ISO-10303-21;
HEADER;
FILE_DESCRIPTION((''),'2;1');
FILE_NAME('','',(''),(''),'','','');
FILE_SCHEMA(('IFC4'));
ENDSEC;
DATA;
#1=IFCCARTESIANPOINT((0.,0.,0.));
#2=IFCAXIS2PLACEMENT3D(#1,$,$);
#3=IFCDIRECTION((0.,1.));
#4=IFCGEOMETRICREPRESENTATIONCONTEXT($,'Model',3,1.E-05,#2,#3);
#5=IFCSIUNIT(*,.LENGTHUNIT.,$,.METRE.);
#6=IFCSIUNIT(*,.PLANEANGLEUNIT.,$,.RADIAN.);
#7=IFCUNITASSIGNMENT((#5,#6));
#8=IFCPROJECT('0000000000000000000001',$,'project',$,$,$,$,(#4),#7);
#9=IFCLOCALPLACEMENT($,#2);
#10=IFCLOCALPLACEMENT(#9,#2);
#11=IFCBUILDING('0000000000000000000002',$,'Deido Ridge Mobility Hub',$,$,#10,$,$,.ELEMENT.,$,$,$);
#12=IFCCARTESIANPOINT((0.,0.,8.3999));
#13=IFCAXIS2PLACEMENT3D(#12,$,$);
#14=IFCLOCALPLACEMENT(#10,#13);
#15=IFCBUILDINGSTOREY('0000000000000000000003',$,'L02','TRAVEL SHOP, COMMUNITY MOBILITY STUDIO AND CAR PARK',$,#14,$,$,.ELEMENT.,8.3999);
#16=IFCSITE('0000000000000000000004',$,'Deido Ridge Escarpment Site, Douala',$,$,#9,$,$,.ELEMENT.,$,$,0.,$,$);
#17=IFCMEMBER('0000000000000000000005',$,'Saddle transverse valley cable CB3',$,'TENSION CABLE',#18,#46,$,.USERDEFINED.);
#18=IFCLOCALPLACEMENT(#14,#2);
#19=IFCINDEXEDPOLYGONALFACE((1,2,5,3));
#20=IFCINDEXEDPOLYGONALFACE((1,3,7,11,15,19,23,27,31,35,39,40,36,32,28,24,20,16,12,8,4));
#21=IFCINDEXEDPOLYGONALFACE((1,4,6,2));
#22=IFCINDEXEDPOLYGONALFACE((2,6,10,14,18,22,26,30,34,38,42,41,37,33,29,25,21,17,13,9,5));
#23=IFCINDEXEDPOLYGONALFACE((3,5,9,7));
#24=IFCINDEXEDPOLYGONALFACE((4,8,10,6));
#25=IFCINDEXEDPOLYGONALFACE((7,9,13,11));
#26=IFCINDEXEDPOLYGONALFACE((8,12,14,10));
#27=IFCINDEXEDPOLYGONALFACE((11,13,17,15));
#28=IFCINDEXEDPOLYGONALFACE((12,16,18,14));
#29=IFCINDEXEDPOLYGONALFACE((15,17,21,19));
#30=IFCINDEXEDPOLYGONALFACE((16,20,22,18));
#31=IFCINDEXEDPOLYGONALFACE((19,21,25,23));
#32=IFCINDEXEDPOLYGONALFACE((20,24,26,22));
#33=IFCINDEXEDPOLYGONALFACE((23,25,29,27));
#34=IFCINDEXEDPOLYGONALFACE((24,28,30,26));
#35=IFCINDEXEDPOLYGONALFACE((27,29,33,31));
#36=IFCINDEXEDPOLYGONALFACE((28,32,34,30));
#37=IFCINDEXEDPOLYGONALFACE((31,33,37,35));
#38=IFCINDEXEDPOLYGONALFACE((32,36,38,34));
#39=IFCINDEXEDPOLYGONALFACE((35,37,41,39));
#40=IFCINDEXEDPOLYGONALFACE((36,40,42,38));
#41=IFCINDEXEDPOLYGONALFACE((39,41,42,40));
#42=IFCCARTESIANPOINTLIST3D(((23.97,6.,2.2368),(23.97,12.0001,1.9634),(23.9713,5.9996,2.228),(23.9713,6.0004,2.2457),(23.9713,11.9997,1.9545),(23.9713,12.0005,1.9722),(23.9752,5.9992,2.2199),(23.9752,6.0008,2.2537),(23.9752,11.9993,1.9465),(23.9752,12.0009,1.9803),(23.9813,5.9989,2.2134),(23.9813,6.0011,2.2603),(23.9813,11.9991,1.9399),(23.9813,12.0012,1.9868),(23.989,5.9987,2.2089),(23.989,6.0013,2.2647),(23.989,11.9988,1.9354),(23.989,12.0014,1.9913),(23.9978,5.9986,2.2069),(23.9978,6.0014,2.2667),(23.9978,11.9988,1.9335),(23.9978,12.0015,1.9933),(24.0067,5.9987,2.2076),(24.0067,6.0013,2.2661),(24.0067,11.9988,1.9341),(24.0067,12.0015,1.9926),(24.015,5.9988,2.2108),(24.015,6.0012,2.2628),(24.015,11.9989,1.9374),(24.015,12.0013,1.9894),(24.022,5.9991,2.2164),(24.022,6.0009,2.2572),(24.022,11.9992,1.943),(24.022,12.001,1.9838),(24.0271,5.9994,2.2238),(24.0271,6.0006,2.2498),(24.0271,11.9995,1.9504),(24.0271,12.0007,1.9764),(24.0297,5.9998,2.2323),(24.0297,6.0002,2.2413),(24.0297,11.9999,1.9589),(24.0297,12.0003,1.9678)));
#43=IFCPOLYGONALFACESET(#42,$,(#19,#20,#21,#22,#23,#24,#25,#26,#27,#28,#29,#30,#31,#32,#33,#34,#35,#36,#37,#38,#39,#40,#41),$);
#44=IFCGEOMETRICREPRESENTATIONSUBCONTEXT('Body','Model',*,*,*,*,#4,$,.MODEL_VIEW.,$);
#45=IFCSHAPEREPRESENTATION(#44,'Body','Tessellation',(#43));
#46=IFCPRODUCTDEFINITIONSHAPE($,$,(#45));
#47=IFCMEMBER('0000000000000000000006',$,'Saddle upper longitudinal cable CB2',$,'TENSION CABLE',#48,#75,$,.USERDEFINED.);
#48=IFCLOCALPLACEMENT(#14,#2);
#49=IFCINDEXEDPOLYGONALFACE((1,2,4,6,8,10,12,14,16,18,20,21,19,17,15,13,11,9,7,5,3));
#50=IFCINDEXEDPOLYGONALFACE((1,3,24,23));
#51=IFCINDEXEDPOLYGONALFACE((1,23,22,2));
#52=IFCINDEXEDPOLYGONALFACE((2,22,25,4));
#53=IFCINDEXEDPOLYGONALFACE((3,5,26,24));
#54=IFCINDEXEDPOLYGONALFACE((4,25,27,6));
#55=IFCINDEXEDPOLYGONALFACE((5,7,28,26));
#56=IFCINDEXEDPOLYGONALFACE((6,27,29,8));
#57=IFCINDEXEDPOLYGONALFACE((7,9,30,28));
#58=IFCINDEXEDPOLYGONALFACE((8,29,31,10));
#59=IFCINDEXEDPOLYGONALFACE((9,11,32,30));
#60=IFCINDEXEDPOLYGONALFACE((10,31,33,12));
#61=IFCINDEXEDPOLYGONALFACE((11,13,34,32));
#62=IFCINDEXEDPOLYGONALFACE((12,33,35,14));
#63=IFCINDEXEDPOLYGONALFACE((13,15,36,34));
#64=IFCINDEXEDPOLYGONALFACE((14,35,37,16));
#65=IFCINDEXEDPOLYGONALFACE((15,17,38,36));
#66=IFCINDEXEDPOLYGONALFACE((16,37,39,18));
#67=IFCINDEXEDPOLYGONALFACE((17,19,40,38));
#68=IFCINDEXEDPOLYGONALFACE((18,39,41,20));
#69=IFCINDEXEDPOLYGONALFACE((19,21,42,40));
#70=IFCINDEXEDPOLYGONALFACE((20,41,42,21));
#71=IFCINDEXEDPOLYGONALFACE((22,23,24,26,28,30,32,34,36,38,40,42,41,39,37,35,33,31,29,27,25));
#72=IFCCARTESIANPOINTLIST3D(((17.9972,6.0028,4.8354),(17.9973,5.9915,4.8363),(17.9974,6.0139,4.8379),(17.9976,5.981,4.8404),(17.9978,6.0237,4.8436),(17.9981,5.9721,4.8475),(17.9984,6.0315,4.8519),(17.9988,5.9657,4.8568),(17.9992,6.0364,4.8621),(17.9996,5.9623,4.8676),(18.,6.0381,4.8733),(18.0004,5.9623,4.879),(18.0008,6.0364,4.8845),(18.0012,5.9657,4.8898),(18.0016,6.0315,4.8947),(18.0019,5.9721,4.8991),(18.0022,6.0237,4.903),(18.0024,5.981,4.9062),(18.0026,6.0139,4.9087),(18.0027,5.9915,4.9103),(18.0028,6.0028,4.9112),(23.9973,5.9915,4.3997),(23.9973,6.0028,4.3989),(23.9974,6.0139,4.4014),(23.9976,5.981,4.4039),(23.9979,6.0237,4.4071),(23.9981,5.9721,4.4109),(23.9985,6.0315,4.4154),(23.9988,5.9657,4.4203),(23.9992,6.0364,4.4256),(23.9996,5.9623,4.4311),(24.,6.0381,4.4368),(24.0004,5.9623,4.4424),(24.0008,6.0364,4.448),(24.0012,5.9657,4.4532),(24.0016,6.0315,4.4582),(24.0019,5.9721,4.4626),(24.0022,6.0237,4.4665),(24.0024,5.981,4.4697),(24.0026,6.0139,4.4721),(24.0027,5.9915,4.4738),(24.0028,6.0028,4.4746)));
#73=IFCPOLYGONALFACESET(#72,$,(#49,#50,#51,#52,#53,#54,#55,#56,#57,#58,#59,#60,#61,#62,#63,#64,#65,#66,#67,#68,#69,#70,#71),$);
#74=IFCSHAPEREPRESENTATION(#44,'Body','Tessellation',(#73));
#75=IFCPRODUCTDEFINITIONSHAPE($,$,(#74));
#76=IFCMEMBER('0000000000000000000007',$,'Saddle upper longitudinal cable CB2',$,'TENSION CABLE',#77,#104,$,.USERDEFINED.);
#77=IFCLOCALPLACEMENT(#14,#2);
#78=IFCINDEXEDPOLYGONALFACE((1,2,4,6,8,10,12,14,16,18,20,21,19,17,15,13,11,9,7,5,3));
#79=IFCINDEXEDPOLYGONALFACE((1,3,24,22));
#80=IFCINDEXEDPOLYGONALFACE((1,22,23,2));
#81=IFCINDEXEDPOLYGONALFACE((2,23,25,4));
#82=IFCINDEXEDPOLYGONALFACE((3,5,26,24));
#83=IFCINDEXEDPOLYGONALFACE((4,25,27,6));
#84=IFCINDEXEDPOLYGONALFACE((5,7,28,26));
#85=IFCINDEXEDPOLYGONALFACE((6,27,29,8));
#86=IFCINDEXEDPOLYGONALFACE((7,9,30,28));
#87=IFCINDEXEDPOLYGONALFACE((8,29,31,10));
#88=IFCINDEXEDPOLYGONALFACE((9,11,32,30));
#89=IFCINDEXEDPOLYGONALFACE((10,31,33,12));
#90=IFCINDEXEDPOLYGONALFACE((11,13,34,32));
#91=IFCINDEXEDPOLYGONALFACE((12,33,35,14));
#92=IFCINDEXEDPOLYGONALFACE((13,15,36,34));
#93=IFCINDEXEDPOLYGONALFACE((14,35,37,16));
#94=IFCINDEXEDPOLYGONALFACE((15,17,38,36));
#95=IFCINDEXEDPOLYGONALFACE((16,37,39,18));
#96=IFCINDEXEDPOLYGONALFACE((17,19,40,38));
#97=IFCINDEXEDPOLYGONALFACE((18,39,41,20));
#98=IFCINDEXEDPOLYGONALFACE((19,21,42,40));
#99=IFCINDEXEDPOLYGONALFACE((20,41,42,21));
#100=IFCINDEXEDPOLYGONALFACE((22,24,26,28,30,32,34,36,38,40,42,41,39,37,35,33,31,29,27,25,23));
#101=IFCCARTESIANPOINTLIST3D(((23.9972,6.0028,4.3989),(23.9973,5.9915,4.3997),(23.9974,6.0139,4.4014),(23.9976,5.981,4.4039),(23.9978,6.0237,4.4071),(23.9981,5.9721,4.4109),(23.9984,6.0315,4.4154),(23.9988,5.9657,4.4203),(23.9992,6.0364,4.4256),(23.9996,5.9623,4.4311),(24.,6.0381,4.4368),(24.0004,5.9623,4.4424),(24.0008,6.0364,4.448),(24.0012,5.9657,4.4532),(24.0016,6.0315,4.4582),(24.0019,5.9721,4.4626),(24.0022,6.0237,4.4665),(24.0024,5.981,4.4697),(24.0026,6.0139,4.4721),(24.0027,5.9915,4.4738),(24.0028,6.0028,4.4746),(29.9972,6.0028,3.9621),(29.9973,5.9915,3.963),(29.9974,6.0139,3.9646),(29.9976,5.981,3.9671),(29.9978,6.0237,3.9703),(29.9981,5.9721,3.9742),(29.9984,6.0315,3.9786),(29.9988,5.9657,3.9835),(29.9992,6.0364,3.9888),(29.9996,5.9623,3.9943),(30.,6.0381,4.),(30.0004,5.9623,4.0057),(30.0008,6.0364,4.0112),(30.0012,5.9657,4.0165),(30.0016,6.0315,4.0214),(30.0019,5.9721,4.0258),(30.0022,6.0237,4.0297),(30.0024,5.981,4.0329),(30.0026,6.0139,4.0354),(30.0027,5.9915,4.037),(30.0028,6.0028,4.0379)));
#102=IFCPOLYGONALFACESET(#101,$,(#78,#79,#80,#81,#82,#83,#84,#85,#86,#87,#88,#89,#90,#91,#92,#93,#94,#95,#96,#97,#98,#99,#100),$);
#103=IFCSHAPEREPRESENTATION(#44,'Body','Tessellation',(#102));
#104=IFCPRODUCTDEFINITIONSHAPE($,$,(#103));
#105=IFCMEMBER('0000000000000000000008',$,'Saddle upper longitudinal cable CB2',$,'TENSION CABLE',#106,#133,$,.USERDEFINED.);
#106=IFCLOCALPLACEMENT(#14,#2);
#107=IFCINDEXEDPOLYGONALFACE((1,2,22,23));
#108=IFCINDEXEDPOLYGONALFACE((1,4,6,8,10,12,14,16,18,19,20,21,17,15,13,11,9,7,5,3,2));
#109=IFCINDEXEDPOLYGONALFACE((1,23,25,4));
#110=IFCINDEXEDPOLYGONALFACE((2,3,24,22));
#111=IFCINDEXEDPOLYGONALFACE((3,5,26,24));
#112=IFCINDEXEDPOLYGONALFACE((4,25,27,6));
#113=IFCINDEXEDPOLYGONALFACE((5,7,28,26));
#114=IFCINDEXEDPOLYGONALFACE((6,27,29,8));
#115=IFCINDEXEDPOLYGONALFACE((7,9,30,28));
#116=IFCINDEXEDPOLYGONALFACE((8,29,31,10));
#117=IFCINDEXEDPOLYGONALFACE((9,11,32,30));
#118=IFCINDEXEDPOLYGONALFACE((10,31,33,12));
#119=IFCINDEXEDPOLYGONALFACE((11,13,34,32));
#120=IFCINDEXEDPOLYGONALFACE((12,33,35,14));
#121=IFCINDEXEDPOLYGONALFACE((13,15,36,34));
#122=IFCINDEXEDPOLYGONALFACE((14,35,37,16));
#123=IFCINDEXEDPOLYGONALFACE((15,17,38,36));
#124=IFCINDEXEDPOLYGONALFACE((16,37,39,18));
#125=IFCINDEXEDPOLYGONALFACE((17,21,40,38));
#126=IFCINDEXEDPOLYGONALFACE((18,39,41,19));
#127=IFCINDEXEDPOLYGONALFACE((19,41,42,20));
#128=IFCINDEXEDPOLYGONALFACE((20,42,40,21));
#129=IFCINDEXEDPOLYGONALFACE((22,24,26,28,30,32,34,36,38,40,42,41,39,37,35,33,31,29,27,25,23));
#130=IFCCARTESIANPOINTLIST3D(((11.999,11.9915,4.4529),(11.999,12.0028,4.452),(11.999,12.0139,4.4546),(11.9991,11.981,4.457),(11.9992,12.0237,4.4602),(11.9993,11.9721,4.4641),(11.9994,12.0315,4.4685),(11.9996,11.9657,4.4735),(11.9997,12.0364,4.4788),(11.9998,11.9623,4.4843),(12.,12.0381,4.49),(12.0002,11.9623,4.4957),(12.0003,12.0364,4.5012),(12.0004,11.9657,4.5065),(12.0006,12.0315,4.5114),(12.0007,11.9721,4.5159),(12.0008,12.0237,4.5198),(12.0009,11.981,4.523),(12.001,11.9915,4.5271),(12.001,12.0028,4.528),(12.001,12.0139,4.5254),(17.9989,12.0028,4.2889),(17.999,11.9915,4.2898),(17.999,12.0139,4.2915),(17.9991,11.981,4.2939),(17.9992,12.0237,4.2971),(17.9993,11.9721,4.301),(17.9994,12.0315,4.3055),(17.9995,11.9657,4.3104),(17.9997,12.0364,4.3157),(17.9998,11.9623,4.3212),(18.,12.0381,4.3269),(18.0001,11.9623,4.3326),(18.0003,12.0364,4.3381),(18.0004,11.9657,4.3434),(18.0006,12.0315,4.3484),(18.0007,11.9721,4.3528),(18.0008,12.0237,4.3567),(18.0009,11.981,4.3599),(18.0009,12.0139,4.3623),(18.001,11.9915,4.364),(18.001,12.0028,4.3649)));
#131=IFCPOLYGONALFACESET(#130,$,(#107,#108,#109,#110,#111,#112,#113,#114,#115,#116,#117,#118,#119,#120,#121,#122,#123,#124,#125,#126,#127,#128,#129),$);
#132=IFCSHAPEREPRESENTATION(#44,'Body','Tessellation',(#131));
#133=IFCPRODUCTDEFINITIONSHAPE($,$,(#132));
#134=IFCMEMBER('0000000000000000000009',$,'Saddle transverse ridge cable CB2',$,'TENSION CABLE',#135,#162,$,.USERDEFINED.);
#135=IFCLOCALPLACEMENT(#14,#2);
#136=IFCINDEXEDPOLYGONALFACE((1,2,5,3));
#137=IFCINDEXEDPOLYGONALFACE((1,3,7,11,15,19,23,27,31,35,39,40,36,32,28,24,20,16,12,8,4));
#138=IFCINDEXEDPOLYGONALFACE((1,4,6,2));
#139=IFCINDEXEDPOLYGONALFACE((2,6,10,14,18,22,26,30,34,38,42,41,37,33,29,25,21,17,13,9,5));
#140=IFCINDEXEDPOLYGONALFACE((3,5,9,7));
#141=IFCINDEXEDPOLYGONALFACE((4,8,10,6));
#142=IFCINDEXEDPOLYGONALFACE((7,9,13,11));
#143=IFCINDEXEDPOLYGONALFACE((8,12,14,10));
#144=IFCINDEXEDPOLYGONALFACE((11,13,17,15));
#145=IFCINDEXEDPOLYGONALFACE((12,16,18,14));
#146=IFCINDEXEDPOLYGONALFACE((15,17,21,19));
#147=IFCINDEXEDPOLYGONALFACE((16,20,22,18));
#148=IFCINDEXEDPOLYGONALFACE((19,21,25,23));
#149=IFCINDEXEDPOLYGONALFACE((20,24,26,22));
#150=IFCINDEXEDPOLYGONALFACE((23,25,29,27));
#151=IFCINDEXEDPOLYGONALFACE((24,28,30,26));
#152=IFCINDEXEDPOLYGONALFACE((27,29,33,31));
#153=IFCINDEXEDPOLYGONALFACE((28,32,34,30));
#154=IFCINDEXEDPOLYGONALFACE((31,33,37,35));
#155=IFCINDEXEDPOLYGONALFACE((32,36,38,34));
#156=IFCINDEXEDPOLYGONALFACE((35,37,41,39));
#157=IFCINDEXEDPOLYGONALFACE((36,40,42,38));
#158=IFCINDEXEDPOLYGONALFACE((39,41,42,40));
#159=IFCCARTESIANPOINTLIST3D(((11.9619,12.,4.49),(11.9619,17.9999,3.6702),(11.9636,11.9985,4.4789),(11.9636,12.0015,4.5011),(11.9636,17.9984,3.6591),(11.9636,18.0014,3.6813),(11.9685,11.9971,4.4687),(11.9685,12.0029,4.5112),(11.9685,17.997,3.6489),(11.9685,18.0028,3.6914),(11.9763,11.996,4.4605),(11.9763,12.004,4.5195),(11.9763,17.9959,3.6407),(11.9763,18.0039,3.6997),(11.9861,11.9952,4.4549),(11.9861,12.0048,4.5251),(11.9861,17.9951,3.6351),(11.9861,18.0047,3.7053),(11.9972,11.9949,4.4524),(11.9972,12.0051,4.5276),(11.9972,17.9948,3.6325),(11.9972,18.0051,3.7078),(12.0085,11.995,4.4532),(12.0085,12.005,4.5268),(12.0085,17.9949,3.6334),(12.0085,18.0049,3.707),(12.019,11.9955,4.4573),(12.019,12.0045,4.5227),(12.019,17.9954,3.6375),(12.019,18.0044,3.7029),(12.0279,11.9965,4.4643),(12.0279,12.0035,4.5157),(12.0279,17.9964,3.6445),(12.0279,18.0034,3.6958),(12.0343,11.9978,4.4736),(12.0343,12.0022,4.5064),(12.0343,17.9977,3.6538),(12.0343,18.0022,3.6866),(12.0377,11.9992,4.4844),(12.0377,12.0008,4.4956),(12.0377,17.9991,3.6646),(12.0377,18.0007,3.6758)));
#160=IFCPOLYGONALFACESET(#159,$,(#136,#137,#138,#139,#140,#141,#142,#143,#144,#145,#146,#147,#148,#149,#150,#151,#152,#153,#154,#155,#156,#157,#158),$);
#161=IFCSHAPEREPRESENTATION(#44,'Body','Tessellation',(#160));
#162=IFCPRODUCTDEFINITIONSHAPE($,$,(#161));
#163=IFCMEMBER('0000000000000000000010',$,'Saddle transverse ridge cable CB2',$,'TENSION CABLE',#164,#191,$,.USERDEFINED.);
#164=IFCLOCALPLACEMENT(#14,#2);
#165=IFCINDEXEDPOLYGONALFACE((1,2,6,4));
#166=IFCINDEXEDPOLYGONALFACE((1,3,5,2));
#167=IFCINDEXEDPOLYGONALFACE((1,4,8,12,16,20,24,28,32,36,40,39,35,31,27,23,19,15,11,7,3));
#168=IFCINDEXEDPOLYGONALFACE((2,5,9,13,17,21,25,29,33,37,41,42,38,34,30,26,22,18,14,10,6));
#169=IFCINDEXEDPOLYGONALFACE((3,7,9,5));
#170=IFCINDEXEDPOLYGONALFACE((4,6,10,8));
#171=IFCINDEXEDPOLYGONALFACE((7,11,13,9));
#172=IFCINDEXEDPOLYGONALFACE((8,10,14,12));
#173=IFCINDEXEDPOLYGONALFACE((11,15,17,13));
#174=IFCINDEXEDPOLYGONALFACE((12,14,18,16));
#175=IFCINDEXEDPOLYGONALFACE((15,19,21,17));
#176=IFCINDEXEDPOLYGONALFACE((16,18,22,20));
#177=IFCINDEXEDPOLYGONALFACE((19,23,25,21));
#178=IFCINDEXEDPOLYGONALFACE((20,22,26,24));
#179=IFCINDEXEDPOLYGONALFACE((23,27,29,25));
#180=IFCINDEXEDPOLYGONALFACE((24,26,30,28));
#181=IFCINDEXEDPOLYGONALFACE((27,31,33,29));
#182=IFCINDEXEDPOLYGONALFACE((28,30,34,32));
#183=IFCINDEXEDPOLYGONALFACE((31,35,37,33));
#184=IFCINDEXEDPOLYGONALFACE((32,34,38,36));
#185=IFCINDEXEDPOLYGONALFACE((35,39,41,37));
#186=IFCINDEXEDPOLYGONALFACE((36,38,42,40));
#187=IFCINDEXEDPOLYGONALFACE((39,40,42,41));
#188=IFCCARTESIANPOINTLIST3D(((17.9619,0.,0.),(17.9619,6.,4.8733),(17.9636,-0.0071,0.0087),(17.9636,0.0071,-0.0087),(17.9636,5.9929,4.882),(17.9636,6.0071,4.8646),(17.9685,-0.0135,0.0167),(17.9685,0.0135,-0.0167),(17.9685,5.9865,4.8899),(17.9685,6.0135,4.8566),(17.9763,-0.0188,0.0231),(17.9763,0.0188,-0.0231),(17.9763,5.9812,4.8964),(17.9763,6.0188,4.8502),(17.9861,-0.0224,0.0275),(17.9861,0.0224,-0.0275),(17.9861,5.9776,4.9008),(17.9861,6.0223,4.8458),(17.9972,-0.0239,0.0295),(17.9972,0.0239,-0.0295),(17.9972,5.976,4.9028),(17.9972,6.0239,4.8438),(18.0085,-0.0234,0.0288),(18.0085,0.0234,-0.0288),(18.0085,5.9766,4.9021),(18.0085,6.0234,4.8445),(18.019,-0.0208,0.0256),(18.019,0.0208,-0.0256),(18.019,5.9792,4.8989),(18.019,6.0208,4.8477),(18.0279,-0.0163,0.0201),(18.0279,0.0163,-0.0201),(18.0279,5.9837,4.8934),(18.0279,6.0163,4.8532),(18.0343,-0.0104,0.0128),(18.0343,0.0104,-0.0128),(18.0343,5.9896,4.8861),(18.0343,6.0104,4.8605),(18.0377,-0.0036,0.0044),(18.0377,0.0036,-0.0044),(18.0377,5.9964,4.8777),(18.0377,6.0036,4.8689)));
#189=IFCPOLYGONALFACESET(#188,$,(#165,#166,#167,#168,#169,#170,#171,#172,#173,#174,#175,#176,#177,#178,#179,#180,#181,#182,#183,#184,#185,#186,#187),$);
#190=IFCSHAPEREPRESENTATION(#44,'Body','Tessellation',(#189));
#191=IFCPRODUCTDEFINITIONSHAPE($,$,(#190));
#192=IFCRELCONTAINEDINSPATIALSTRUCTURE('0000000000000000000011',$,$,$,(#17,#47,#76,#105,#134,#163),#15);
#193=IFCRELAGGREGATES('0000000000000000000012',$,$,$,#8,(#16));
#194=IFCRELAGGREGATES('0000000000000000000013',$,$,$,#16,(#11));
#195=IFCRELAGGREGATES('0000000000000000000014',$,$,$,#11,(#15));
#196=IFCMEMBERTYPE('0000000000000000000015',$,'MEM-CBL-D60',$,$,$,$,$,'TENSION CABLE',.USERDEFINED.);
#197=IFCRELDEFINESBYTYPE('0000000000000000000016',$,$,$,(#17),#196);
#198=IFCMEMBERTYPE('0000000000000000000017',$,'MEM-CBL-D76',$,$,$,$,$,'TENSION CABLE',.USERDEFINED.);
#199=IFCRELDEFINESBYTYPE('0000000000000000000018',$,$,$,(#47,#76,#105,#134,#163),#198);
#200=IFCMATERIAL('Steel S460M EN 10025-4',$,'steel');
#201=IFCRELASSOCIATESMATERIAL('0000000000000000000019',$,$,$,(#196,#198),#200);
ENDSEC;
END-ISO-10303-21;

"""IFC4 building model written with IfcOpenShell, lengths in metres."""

from ifc_helpers import new_model, si_unit, direction, frame, origin, origin_2d, place, context, subcontext, project, spatial, circle, extrude, material, material_profile, profile_set, type_object, element, save


model = new_model("IFC4")

# Units and contexts
model_context = context("Model", 3, precision=1e-05, world=origin(), true_north=direction((0.0, 1.0)))
body_context = subcontext(model_context, "Body", "Model", "MODEL_VIEW")
ifc_project = project(units=[si_unit("LENGTHUNIT", "METRE"), si_unit("PLANEANGLEUNIT", "RADIAN")], contexts=[model_context])

# Site, building, storey
site_placement = place(None, origin())
site = spatial("IfcSite", under=ifc_project, at=site_placement, Name="Deido Ridge Escarpment Site, Douala", CompositionType="ELEMENT", RefElevation=0.0)
building_placement = place(site_placement, origin())
building = spatial("IfcBuilding", under=site, at=building_placement, Name="Deido Ridge Mobility Hub", CompositionType="ELEMENT")
storey_placement = place(building_placement, frame((0.0, 0.0, 8.3999)))
storey = spatial("IfcBuildingStorey", under=building, at=storey_placement, Name="L02", Description="TRAVEL SHOP, COMMUNITY MOBILITY STUDIO AND CAR PARK", CompositionType="ELEMENT", Elevation=8.3999)

# Members
ifc_material_1 = material(Name="Steel S460M EN 10025-4", Category="steel")
ifc_material_profile_1 = material_profile(ifc_material_1, circle(Radius=0.03, at=origin_2d()), Name="CABLE D60")
ifc_profile_set_1 = profile_set([ifc_material_profile_1], Name="Steel S460M EN 10025-4")
member_type_1 = type_object("IfcMemberType", Name="MEM-CBL-D60", ElementType="TENSION CABLE", PredefinedType="USERDEFINED", material=ifc_profile_set_1)
member_1_placement = place(storey_placement, frame((24.0, 6.0, 2.2368), z_axis=(0.0, 0.998963, -0.045526), x_axis=(-1.0, 0.0, 0.0)))
element("IfcMember", 1, at=member_1_placement, inside=storey, type_object=member_type_1, Name="Saddle transverse valley cable CB3", ObjectType="TENSION CABLE", PredefinedType="USERDEFINED", context=body_context, shape_type="SweptSolid", body=[
    extrude(circle(Radius=0.03, at=origin_2d()), origin(), (0.0, 0.0, 1.0), 6.0063),
])
ifc_material_profile_2 = material_profile(ifc_material_1, circle(Radius=0.0381, at=origin_2d()), Name="CABLE D76")
ifc_profile_set_2 = profile_set([ifc_material_profile_2], Name="Steel S460M EN 10025-4")
member_type_2 = type_object("IfcMemberType", Name="MEM-CBL-D76", ElementType="TENSION CABLE", PredefinedType="USERDEFINED", material=ifc_profile_set_2)
for number, where, z_axis, x_axis, name in (
    (2, (18.0, 6.0, 4.8733), (0.997364, 0.0, -0.072562), (0.0, 1.0, 0.0), "Saddle upper longitudinal cable CB2"),
    (3, (24.0, 6.0, 4.4368), (0.997361, 0.0, -0.072602), (0.0, 1.0, 0.0), "Saddle upper longitudinal cable CB2"),
):
    element("IfcMember", number, at=place(storey_placement, frame(where, z_axis=z_axis, x_axis=x_axis)), inside=storey, type_object=member_type_2, Name=name, ObjectType="TENSION CABLE", PredefinedType="USERDEFINED", context=body_context, shape_type="SweptSolid", body=[
        extrude(circle(Radius=0.0381, at=origin_2d()), origin(), (0.0, 0.0, 1.0), 6.0159),
    ])
member_2_placement = place(storey_placement, frame((12.0, 12.0, 4.49), z_axis=(0.999631, 0.0, -0.027171), x_axis=(0.0, 1.0, 0.0)))
element("IfcMember", 4, at=member_2_placement, inside=storey, type_object=member_type_2, Name="Saddle upper longitudinal cable CB2", ObjectType="TENSION CABLE", PredefinedType="USERDEFINED", context=body_context, shape_type="SweptSolid", body=[
    extrude(circle(Radius=0.0381, at=origin_2d()), origin(), (0.0, 0.0, 1.0), 6.0022),
])
member_3_placement = place(storey_placement, frame((12.0, 12.0, 4.49), z_axis=(0.0, 0.990794, -0.135379), x_axis=(-1.0, 0.0, 0.0)))
element("IfcMember", 5, at=member_3_placement, inside=storey, type_object=member_type_2, Name="Saddle transverse ridge cable CB2", ObjectType="TENSION CABLE", PredefinedType="USERDEFINED", context=body_context, shape_type="SweptSolid", body=[
    extrude(circle(Radius=0.0381, at=origin_2d()), origin(), (0.0, 0.0, 1.0), 6.0557),
])
member_4_placement = place(storey_placement, frame((18.0, 0.0, 0.0), z_axis=(0.0, 0.776222, 0.630459), x_axis=(-1.0, 0.0, 0.0)))
element("IfcMember", 6, at=member_4_placement, inside=storey, type_object=member_type_2, Name="Saddle transverse ridge cable CB2", ObjectType="TENSION CABLE", PredefinedType="USERDEFINED", context=body_context, shape_type="SweptSolid", body=[
    extrude(circle(Radius=0.0381, at=origin_2d()), origin(), (0.0, 0.0, 1.0), 7.7297),
])

save(model, "model.ifc")
